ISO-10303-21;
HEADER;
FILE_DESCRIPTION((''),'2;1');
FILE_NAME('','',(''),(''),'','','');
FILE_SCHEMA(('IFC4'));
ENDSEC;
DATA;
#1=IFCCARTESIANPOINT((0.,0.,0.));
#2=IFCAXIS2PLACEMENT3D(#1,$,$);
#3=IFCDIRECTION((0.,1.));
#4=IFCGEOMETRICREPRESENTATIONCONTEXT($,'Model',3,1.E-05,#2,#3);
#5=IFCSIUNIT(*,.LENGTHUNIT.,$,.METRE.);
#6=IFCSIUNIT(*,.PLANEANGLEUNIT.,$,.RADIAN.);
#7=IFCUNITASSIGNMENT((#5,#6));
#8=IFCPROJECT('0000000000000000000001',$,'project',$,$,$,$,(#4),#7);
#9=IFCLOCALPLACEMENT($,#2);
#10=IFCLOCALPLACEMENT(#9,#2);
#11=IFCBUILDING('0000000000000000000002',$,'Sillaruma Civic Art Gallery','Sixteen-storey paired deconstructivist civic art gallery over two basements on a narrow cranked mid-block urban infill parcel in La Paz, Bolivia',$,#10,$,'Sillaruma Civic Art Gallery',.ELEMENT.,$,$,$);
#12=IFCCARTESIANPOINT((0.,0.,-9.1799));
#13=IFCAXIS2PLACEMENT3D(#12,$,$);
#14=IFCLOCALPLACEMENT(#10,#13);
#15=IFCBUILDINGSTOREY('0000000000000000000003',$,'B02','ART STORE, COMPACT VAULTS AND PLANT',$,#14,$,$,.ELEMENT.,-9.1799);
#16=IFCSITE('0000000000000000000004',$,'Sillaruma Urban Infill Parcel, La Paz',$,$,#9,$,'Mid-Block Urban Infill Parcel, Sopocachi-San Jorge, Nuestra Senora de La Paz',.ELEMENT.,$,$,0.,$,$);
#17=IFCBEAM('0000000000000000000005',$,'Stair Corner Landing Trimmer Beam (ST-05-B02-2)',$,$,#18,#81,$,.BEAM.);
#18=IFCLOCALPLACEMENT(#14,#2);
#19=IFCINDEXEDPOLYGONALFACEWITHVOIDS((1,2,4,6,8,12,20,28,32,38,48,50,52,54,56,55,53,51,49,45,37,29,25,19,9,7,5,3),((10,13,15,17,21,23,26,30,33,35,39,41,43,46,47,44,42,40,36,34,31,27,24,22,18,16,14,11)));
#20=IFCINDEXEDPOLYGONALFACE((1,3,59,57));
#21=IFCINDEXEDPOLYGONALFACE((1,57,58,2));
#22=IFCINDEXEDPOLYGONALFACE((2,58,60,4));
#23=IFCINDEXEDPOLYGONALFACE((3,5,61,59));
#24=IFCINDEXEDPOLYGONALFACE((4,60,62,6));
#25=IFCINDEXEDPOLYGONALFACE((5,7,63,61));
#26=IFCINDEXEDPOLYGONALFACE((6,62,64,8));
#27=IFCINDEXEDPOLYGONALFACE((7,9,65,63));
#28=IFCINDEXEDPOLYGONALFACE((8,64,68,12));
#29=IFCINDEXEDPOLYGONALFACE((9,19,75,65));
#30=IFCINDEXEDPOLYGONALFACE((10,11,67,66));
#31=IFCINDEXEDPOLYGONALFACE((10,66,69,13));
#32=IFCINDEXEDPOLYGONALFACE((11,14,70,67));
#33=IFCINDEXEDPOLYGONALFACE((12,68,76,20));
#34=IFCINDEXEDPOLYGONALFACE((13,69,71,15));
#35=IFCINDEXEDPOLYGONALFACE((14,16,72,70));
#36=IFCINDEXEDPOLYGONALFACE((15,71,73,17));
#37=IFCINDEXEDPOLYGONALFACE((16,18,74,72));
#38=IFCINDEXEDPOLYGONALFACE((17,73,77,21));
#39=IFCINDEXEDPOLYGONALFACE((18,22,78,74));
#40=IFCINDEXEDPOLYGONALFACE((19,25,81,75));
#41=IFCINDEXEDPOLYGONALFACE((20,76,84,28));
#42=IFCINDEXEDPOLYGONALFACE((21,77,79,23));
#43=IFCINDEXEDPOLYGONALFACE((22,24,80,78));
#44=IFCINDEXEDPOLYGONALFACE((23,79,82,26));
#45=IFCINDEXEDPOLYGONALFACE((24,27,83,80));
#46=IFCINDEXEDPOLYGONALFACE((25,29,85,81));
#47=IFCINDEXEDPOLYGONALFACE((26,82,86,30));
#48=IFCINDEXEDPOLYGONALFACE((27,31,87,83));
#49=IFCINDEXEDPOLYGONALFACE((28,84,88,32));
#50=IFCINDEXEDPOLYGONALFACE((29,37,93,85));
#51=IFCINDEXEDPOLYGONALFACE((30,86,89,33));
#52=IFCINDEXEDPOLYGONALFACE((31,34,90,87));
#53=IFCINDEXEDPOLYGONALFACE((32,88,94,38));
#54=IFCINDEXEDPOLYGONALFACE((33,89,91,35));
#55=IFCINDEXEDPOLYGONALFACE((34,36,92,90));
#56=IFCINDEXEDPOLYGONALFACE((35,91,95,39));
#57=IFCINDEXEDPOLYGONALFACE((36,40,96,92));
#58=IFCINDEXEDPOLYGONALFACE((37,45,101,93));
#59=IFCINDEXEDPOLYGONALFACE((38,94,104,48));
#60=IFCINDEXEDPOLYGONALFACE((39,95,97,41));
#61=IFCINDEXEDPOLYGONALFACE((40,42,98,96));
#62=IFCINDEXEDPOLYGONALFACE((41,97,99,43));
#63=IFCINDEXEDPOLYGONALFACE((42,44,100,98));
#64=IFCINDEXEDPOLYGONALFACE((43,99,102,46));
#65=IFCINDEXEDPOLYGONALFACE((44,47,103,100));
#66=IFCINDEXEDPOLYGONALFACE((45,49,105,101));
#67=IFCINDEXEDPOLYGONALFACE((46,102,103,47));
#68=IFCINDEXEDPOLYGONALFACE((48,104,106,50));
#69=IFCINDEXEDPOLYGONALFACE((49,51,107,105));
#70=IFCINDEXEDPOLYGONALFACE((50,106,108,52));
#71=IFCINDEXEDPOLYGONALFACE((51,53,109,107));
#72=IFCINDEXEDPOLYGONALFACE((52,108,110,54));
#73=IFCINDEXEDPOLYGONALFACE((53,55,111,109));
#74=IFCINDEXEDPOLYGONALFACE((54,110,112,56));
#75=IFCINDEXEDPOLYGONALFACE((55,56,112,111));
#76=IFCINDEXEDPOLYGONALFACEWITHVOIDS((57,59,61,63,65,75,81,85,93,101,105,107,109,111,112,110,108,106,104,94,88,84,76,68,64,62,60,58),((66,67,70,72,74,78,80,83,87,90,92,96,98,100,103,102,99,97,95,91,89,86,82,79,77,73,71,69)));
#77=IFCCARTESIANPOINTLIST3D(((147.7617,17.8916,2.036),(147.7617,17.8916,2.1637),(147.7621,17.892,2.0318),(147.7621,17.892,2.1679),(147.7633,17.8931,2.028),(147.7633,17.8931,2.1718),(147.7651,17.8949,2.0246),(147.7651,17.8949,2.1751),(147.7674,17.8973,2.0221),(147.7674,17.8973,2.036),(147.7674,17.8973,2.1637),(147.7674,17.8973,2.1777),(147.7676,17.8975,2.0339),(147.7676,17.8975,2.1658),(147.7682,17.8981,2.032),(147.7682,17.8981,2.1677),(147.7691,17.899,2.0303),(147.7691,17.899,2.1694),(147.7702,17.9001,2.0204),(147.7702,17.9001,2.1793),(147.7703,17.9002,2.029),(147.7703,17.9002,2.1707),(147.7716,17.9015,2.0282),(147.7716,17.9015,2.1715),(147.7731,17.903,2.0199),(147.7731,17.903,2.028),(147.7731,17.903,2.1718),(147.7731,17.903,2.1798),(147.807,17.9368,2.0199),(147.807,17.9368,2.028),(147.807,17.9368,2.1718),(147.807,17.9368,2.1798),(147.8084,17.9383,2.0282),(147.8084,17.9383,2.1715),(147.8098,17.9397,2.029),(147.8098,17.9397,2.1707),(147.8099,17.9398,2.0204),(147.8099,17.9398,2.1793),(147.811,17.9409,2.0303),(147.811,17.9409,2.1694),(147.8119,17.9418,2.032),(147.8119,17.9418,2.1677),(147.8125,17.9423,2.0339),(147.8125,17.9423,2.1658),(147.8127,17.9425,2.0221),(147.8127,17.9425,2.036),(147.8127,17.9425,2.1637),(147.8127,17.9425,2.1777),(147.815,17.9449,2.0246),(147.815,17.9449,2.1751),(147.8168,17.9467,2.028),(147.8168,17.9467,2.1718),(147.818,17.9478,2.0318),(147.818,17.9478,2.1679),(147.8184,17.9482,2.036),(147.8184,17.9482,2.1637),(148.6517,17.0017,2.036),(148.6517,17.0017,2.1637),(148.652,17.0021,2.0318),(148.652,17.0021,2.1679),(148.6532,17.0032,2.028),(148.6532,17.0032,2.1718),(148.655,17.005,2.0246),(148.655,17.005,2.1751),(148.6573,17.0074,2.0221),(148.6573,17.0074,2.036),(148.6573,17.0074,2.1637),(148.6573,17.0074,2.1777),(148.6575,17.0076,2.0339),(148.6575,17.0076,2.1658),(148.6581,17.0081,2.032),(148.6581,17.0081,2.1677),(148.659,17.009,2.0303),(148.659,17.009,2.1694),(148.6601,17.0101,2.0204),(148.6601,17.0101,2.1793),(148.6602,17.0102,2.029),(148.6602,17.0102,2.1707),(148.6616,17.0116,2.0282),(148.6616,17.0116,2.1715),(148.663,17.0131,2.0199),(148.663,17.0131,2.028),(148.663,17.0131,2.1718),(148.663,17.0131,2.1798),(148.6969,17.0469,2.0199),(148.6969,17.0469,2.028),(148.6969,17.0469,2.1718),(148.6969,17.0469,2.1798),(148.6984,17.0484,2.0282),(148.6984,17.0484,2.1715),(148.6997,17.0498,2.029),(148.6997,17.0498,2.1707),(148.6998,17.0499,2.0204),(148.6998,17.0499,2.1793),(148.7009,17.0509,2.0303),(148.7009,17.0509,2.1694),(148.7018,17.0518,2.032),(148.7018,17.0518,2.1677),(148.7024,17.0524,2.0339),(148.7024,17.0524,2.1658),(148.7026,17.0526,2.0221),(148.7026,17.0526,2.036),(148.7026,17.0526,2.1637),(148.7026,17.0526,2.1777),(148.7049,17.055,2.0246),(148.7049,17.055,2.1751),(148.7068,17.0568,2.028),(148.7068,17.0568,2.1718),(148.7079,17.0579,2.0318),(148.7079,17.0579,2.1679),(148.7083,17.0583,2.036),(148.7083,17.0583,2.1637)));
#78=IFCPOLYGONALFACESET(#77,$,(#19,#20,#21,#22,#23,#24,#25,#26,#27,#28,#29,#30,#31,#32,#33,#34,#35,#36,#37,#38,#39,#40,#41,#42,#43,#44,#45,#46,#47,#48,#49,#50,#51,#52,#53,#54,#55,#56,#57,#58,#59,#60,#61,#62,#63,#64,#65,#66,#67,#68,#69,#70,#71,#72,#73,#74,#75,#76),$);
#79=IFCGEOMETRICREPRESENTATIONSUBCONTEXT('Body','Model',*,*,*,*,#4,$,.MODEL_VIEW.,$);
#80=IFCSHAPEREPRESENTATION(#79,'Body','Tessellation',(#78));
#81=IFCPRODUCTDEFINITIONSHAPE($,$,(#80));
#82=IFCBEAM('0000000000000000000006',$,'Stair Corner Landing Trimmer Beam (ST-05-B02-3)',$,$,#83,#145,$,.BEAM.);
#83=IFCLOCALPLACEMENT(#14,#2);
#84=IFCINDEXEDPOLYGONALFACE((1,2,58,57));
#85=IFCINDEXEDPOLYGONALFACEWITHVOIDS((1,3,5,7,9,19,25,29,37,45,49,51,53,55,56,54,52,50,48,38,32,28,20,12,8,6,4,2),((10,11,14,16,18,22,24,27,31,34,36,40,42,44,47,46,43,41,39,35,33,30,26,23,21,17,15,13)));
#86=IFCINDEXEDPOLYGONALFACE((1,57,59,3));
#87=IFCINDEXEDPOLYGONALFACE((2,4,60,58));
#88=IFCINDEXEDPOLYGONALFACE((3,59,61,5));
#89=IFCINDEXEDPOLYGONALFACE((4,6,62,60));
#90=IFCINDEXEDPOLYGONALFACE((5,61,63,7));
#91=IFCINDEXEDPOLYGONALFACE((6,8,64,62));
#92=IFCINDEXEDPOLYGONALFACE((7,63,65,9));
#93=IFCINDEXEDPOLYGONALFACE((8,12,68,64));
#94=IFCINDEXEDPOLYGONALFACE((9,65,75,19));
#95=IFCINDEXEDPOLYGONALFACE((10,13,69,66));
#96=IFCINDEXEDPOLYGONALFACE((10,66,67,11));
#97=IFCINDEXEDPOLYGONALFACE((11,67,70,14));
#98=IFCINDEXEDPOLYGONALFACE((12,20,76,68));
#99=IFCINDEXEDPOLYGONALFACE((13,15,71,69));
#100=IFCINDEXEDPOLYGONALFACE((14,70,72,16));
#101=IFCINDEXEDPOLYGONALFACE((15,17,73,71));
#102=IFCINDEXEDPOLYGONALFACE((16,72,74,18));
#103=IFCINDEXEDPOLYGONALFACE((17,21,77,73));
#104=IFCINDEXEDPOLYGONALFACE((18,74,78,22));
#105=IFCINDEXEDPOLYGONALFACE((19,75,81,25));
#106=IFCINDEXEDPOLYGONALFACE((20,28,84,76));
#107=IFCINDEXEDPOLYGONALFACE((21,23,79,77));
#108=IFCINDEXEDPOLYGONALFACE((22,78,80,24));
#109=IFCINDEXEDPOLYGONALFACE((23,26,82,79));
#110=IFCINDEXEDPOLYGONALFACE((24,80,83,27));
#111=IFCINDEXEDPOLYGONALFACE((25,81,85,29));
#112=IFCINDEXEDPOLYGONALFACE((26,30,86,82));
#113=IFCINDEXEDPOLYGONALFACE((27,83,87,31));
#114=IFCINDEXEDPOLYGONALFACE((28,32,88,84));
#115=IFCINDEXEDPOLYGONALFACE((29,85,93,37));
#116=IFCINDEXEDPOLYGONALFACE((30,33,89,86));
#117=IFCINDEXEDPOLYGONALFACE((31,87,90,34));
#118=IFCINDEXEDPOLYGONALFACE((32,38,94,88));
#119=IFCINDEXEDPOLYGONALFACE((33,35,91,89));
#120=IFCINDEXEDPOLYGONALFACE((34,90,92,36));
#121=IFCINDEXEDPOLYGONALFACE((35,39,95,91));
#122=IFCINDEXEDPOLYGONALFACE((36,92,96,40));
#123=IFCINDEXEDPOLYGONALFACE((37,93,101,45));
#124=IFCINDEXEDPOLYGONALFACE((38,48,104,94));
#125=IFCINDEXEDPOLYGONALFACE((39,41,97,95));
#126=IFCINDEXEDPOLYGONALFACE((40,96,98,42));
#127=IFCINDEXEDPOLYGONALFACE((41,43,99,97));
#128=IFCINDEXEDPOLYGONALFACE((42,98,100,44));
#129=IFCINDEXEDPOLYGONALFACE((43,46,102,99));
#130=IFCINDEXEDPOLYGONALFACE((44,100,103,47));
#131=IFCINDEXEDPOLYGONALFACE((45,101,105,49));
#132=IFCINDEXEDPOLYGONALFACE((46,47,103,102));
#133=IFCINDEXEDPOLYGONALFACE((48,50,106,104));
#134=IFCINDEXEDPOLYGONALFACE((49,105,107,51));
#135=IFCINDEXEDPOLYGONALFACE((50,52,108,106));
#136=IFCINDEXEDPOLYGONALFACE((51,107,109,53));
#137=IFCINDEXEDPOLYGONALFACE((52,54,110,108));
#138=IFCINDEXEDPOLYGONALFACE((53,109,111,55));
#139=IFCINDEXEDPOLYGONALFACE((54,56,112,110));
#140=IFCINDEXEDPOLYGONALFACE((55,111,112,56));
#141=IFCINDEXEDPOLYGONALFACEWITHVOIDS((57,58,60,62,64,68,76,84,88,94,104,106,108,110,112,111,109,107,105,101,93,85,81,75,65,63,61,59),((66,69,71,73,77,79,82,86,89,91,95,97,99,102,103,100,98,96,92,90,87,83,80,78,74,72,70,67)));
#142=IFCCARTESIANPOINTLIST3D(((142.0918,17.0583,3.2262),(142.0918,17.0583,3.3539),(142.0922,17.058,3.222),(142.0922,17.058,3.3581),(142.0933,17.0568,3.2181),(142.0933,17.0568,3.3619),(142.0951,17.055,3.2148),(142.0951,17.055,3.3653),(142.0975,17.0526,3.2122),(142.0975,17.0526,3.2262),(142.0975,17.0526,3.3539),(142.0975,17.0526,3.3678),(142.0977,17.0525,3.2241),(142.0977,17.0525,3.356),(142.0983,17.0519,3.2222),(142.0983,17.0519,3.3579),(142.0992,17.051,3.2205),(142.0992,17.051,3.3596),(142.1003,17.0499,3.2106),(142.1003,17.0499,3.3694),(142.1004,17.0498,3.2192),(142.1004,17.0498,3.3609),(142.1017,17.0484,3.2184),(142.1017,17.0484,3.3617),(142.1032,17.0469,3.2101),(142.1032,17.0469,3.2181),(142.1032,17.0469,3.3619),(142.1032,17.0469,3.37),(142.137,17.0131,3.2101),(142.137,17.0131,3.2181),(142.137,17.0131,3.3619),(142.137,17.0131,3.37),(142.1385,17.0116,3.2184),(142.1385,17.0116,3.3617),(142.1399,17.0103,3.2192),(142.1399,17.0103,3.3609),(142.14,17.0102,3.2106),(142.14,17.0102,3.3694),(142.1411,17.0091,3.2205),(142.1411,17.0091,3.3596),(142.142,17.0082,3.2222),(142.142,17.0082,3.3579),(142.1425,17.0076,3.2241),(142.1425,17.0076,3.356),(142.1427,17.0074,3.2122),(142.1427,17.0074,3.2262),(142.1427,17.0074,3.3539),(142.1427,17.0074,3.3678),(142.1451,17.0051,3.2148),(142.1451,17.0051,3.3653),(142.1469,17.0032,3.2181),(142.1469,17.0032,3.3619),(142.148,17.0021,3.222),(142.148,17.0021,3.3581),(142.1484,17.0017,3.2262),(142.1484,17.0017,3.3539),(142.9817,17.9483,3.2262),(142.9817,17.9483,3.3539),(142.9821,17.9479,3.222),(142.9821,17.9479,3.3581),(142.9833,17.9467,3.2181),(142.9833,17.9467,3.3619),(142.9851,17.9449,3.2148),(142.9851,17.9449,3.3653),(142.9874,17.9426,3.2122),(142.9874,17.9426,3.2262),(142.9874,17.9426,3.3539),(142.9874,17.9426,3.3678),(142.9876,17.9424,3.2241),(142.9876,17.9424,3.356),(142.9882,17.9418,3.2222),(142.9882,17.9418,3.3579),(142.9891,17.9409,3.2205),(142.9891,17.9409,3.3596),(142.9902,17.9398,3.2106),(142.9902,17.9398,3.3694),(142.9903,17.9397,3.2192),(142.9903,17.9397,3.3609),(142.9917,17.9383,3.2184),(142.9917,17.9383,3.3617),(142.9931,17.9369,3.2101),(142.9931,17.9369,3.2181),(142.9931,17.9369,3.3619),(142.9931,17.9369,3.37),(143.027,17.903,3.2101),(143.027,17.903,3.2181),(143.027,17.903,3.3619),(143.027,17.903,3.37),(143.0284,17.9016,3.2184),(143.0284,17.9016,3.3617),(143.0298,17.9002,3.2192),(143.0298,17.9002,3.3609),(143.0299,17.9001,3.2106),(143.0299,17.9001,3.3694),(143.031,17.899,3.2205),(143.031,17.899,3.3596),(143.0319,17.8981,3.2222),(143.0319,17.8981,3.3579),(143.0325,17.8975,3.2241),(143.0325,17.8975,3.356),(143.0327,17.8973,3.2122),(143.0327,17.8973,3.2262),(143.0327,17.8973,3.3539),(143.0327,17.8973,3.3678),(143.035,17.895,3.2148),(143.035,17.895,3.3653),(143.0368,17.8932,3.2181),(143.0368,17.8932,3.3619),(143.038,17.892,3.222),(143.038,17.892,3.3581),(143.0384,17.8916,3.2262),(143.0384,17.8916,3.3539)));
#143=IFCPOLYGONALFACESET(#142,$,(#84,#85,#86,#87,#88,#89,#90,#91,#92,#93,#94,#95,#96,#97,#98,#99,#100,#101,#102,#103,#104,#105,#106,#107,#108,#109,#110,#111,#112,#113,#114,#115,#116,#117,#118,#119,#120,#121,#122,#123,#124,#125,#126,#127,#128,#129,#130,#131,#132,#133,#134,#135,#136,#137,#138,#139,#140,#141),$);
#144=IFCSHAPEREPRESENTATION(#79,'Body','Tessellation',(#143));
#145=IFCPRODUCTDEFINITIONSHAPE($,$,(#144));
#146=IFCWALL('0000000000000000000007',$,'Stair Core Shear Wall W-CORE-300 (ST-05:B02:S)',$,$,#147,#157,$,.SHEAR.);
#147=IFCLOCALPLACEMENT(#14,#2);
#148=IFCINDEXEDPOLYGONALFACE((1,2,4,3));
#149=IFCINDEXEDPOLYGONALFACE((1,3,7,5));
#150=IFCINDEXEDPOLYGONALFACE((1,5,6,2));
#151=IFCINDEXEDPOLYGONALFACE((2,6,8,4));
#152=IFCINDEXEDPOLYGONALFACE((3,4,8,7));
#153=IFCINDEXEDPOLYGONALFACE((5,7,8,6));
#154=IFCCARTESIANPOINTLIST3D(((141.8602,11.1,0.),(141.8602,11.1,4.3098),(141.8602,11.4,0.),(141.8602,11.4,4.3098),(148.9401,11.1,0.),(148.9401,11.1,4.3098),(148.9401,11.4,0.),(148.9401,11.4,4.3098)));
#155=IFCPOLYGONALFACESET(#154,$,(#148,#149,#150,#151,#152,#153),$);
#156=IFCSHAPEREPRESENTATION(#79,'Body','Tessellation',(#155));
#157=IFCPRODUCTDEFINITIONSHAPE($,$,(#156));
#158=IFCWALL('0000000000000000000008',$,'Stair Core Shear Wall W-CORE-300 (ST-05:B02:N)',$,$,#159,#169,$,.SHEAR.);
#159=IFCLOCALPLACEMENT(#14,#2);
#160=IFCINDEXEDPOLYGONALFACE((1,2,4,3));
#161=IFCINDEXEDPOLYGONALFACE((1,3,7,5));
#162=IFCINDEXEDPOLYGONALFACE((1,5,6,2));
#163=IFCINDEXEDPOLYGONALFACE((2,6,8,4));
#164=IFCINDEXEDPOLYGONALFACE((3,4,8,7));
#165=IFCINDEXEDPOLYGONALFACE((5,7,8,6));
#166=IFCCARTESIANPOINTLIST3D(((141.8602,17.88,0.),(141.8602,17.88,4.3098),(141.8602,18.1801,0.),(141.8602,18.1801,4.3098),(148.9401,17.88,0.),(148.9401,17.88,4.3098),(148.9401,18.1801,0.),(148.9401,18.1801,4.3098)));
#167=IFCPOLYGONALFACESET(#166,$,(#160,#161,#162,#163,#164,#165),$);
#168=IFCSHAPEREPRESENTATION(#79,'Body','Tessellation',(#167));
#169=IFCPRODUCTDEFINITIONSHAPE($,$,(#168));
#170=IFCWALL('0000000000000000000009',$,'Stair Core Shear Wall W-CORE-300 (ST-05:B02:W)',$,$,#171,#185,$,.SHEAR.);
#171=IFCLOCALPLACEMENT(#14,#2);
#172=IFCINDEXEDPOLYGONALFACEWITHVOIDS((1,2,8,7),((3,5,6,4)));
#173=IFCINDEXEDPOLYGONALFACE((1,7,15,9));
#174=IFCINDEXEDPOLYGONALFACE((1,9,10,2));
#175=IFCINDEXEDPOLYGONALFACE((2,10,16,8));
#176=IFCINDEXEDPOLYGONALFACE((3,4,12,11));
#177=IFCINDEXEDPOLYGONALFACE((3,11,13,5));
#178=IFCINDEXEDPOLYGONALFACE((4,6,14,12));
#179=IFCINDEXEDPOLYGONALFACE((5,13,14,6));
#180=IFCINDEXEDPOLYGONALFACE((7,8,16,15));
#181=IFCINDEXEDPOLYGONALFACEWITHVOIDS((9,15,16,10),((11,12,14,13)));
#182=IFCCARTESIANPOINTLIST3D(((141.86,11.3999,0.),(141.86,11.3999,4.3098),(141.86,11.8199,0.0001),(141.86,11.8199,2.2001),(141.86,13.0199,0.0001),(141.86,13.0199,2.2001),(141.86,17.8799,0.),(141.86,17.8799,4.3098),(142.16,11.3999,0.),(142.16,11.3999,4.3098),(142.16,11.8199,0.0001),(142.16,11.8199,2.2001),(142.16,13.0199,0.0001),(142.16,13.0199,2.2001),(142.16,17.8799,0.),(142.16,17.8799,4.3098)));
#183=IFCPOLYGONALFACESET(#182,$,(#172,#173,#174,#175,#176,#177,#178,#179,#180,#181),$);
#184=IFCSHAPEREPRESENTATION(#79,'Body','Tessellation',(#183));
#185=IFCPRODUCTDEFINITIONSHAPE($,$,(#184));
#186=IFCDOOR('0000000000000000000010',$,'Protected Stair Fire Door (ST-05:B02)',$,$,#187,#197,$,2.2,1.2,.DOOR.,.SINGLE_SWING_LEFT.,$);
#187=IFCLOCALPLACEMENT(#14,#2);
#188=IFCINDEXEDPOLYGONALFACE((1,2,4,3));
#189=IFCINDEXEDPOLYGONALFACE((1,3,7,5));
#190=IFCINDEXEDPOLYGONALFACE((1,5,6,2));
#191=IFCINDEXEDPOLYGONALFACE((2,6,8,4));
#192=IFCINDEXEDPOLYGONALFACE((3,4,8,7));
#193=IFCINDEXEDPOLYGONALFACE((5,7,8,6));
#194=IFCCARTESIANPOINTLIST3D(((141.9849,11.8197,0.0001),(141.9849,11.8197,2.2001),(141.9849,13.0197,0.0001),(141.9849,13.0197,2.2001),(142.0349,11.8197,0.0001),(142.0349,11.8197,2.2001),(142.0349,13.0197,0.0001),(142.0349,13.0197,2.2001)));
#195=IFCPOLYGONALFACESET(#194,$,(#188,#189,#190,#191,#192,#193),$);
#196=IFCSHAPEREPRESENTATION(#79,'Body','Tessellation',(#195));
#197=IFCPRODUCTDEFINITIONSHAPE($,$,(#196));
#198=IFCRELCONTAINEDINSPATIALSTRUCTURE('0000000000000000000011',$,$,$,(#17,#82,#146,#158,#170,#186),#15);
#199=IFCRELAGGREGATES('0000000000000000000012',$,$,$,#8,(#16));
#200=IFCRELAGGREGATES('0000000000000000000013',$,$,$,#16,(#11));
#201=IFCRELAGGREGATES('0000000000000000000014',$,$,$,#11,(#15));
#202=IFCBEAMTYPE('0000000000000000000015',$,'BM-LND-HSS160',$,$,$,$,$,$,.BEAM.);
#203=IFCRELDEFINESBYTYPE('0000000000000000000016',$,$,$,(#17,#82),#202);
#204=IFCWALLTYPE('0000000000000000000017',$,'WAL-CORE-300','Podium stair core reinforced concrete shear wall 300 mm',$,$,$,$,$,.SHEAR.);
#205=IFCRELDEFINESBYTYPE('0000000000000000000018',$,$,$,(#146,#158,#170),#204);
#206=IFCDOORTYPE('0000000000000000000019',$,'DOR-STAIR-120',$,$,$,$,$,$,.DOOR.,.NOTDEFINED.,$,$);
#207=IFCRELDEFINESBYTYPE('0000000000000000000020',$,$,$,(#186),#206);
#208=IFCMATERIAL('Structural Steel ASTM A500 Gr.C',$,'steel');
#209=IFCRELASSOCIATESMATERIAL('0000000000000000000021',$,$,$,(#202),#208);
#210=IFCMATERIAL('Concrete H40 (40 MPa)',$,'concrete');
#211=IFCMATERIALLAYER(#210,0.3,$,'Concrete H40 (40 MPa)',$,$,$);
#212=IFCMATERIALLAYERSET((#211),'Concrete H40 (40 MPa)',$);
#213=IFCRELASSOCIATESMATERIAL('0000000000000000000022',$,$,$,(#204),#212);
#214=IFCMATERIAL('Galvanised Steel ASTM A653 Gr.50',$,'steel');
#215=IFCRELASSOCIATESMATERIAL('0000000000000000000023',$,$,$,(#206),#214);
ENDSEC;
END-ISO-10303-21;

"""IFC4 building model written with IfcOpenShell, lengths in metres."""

from ifc_helpers import new_model, si_unit, direction, frame, frame_2d, origin, origin_2d, place, context, subcontext, project, spatial, rectangle, hollow_rectangle, extrude, material, layer, layer_set, material_profile, profile_set, type_object, element, fill, save


model = new_model("IFC4")

# Units and contexts
model_context = context("Model", 3, precision=1e-05, world=origin(), true_north=direction((0.0, 1.0)))
body_context = subcontext(model_context, "Body", "Model", "MODEL_VIEW")
ifc_project = project(units=[si_unit("LENGTHUNIT", "METRE"), si_unit("PLANEANGLEUNIT", "RADIAN")], contexts=[model_context])

# Site, building, storey
site_placement = place(None, origin())
site = spatial("IfcSite", under=ifc_project, at=site_placement, Name="Sillaruma Urban Infill Parcel, La Paz", LongName="Mid-Block Urban Infill Parcel, Sopocachi-San Jorge, Nuestra Senora de La Paz", CompositionType="ELEMENT", RefElevation=0.0)
building_placement = place(site_placement, origin())
building = spatial("IfcBuilding", under=site, at=building_placement, Name="Sillaruma Civic Art Gallery", Description="Sixteen-storey paired deconstructivist civic art gallery over two basements on a narrow cranked mid-block urban infill parcel in La Paz, Bolivia", LongName="Sillaruma Civic Art Gallery", CompositionType="ELEMENT")
storey_placement = place(building_placement, frame((0.0, 0.0, -9.1799)))
storey = spatial("IfcBuildingStorey", under=building, at=storey_placement, Name="B02", Description="ART STORE, COMPACT VAULTS AND PLANT", CompositionType="ELEMENT", Elevation=-9.1799)

# Shared definitions
ifc_material_1 = material(Name="Concrete H40 (40 MPa)", Category="concrete")

# Beams
ifc_material_2 = material(Name="Structural Steel ASTM A500 Gr.C", Category="steel")
ifc_material_profile_1 = material_profile(ifc_material_2, hollow_rectangle(XDim=0.0801, YDim=0.1599, WallThickness=0.0081, InnerFilletRadius=0.0081, OuterFilletRadius=0.0161, at=origin_2d()), Name="HSS160x80x8")
ifc_profile_set_1 = profile_set([ifc_material_profile_1], Name="Structural Steel ASTM A500 Gr.C")
beam_type = type_object("IfcBeamType", Name="BM-LND-HSS160", PredefinedType="BEAM", material=ifc_profile_set_1)
for number, where, z_axis, x_axis, name in (
    (1, (147.79, 17.9199, 2.0999), (0.707107, -0.707107, 0.0), (0.707107, 0.707107, 0.0), "Stair Corner Landing Trimmer Beam (ST-05-B02-2)"),
    (2, (142.1201, 17.03, 3.29), (0.707107, 0.707107, 0.0), (-0.707107, 0.707107, 0.0), "Stair Corner Landing Trimmer Beam (ST-05-B02-3)"),
):
    element("IfcBeam", number, at=place(storey_placement, frame(where, z_axis=z_axis, x_axis=x_axis)), inside=storey, type_object=beam_type, Name=name, PredefinedType="BEAM", context=body_context, shape_type="SweptSolid", body=[
        extrude(hollow_rectangle(XDim=0.0801, YDim=0.1599, WallThickness=0.0081, InnerFilletRadius=0.0081, OuterFilletRadius=0.0161, at=origin_2d()), origin(), (0.0, 0.0, 1.0), 1.2585),
    ])

# Walls
ifc_layer_1 = layer(ifc_material_1, 0.3, Name="Concrete H40 (40 MPa)")
ifc_layer_set_1 = layer_set([ifc_layer_1], Name="Concrete H40 (40 MPa)")
wall_type_1 = type_object("IfcWallType", Name="WAL-CORE-300", Description="Podium stair core reinforced concrete shear wall 300 mm", PredefinedType="SHEAR", material=ifc_layer_set_1)
for number, where, z_axis, x_axis, name in (
    (3, (141.8601, 11.25, 0.0), (0.0, 0.0, 1.0), (1.0, 0.0, 0.0), "Stair Core Shear Wall W-CORE-300 (ST-05:B02:S)"),
    (4, (141.8601, 18.03, 0.0), (0.0, 0.0, 1.0), (1.0, 0.0, 0.0), "Stair Core Shear Wall W-CORE-300 (ST-05:B02:N)"),
):
    element("IfcWall", number, at=place(storey_placement, frame(where, z_axis=z_axis, x_axis=x_axis)), inside=storey, type_object=wall_type_1, Name=name, PredefinedType="SHEAR", context=body_context, shape_type="SweptSolid", body=[
        extrude(rectangle(XDim=7.0798, YDim=0.3, at=frame_2d((3.54, 0.0))), origin(), (0.0, 0.0, 1.0), 4.3098),
    ])

# Wall, opening, door
wall_1_placement = place(storey_placement, frame((142.01, 11.3999, 0.0), z_axis=(0.0, 0.0, 1.0), x_axis=(0.0, 1.0, 0.0)))
wall_1 = element("IfcWall", 5, at=wall_1_placement, inside=storey, type_object=wall_type_1, Name="Stair Core Shear Wall W-CORE-300 (ST-05:B02:W)", PredefinedType="SHEAR", context=body_context, shape_type="SweptSolid", body=[
    extrude(rectangle(XDim=6.48, YDim=0.3, at=frame_2d((3.24, 0.0))), origin(), (0.0, 0.0, 1.0), 4.3098),
])
opening_1_placement = place(wall_1_placement, frame((0.4199, 0.0, 0.0)))
opening_1 = element("IfcOpeningElement", 6, at=opening_1_placement, cuts=wall_1, PredefinedType="OPENING", context=body_context, shape_type="SweptSolid", body=[
    extrude(rectangle(XDim=1.2, YDim=2.2, at=frame_2d((0.6001, 1.1001))), frame((0.0, 0.1599, 0.0), z_axis=(0.0, -1.0, 0.0), x_axis=(1.0, 0.0, 0.0)), (0.0, 0.0, 1.0), 0.3201),
])
ifc_material_3 = material(Name="Galvanised Steel ASTM A653 Gr.50", Category="steel")
door_type_1 = type_object("IfcDoorType", Name="DOR-STAIR-120", OperationType="NOTDEFINED", PredefinedType="DOOR", material=ifc_material_3)
door_1_placement = place(opening_1_placement, frame((1.2, 0.0, 0.0), z_axis=(0.0, 0.0, 1.0), x_axis=(-1.0, 0.0, 0.0)))
door_1 = element("IfcDoor", 7, at=door_1_placement, inside=storey, type_object=door_type_1, Name="Protected Stair Fire Door (ST-05:B02)", OperationType="SINGLE_SWING_LEFT", OverallHeight=2.2, OverallWidth=1.2, PredefinedType="DOOR", context=body_context, shape_type="SweptSolid", body=[
    extrude(rectangle(XDim=1.2, YDim=2.2, at=frame_2d((0.6001, 1.1001))), frame((0.0, 0.0249, 0.0), z_axis=(0.0, -1.0, 0.0), x_axis=(1.0, 0.0, 0.0)), (0.0, 0.0, 1.0), 0.05),
])
fill(opening_1, door_1)

save(model, "model.ifc")
